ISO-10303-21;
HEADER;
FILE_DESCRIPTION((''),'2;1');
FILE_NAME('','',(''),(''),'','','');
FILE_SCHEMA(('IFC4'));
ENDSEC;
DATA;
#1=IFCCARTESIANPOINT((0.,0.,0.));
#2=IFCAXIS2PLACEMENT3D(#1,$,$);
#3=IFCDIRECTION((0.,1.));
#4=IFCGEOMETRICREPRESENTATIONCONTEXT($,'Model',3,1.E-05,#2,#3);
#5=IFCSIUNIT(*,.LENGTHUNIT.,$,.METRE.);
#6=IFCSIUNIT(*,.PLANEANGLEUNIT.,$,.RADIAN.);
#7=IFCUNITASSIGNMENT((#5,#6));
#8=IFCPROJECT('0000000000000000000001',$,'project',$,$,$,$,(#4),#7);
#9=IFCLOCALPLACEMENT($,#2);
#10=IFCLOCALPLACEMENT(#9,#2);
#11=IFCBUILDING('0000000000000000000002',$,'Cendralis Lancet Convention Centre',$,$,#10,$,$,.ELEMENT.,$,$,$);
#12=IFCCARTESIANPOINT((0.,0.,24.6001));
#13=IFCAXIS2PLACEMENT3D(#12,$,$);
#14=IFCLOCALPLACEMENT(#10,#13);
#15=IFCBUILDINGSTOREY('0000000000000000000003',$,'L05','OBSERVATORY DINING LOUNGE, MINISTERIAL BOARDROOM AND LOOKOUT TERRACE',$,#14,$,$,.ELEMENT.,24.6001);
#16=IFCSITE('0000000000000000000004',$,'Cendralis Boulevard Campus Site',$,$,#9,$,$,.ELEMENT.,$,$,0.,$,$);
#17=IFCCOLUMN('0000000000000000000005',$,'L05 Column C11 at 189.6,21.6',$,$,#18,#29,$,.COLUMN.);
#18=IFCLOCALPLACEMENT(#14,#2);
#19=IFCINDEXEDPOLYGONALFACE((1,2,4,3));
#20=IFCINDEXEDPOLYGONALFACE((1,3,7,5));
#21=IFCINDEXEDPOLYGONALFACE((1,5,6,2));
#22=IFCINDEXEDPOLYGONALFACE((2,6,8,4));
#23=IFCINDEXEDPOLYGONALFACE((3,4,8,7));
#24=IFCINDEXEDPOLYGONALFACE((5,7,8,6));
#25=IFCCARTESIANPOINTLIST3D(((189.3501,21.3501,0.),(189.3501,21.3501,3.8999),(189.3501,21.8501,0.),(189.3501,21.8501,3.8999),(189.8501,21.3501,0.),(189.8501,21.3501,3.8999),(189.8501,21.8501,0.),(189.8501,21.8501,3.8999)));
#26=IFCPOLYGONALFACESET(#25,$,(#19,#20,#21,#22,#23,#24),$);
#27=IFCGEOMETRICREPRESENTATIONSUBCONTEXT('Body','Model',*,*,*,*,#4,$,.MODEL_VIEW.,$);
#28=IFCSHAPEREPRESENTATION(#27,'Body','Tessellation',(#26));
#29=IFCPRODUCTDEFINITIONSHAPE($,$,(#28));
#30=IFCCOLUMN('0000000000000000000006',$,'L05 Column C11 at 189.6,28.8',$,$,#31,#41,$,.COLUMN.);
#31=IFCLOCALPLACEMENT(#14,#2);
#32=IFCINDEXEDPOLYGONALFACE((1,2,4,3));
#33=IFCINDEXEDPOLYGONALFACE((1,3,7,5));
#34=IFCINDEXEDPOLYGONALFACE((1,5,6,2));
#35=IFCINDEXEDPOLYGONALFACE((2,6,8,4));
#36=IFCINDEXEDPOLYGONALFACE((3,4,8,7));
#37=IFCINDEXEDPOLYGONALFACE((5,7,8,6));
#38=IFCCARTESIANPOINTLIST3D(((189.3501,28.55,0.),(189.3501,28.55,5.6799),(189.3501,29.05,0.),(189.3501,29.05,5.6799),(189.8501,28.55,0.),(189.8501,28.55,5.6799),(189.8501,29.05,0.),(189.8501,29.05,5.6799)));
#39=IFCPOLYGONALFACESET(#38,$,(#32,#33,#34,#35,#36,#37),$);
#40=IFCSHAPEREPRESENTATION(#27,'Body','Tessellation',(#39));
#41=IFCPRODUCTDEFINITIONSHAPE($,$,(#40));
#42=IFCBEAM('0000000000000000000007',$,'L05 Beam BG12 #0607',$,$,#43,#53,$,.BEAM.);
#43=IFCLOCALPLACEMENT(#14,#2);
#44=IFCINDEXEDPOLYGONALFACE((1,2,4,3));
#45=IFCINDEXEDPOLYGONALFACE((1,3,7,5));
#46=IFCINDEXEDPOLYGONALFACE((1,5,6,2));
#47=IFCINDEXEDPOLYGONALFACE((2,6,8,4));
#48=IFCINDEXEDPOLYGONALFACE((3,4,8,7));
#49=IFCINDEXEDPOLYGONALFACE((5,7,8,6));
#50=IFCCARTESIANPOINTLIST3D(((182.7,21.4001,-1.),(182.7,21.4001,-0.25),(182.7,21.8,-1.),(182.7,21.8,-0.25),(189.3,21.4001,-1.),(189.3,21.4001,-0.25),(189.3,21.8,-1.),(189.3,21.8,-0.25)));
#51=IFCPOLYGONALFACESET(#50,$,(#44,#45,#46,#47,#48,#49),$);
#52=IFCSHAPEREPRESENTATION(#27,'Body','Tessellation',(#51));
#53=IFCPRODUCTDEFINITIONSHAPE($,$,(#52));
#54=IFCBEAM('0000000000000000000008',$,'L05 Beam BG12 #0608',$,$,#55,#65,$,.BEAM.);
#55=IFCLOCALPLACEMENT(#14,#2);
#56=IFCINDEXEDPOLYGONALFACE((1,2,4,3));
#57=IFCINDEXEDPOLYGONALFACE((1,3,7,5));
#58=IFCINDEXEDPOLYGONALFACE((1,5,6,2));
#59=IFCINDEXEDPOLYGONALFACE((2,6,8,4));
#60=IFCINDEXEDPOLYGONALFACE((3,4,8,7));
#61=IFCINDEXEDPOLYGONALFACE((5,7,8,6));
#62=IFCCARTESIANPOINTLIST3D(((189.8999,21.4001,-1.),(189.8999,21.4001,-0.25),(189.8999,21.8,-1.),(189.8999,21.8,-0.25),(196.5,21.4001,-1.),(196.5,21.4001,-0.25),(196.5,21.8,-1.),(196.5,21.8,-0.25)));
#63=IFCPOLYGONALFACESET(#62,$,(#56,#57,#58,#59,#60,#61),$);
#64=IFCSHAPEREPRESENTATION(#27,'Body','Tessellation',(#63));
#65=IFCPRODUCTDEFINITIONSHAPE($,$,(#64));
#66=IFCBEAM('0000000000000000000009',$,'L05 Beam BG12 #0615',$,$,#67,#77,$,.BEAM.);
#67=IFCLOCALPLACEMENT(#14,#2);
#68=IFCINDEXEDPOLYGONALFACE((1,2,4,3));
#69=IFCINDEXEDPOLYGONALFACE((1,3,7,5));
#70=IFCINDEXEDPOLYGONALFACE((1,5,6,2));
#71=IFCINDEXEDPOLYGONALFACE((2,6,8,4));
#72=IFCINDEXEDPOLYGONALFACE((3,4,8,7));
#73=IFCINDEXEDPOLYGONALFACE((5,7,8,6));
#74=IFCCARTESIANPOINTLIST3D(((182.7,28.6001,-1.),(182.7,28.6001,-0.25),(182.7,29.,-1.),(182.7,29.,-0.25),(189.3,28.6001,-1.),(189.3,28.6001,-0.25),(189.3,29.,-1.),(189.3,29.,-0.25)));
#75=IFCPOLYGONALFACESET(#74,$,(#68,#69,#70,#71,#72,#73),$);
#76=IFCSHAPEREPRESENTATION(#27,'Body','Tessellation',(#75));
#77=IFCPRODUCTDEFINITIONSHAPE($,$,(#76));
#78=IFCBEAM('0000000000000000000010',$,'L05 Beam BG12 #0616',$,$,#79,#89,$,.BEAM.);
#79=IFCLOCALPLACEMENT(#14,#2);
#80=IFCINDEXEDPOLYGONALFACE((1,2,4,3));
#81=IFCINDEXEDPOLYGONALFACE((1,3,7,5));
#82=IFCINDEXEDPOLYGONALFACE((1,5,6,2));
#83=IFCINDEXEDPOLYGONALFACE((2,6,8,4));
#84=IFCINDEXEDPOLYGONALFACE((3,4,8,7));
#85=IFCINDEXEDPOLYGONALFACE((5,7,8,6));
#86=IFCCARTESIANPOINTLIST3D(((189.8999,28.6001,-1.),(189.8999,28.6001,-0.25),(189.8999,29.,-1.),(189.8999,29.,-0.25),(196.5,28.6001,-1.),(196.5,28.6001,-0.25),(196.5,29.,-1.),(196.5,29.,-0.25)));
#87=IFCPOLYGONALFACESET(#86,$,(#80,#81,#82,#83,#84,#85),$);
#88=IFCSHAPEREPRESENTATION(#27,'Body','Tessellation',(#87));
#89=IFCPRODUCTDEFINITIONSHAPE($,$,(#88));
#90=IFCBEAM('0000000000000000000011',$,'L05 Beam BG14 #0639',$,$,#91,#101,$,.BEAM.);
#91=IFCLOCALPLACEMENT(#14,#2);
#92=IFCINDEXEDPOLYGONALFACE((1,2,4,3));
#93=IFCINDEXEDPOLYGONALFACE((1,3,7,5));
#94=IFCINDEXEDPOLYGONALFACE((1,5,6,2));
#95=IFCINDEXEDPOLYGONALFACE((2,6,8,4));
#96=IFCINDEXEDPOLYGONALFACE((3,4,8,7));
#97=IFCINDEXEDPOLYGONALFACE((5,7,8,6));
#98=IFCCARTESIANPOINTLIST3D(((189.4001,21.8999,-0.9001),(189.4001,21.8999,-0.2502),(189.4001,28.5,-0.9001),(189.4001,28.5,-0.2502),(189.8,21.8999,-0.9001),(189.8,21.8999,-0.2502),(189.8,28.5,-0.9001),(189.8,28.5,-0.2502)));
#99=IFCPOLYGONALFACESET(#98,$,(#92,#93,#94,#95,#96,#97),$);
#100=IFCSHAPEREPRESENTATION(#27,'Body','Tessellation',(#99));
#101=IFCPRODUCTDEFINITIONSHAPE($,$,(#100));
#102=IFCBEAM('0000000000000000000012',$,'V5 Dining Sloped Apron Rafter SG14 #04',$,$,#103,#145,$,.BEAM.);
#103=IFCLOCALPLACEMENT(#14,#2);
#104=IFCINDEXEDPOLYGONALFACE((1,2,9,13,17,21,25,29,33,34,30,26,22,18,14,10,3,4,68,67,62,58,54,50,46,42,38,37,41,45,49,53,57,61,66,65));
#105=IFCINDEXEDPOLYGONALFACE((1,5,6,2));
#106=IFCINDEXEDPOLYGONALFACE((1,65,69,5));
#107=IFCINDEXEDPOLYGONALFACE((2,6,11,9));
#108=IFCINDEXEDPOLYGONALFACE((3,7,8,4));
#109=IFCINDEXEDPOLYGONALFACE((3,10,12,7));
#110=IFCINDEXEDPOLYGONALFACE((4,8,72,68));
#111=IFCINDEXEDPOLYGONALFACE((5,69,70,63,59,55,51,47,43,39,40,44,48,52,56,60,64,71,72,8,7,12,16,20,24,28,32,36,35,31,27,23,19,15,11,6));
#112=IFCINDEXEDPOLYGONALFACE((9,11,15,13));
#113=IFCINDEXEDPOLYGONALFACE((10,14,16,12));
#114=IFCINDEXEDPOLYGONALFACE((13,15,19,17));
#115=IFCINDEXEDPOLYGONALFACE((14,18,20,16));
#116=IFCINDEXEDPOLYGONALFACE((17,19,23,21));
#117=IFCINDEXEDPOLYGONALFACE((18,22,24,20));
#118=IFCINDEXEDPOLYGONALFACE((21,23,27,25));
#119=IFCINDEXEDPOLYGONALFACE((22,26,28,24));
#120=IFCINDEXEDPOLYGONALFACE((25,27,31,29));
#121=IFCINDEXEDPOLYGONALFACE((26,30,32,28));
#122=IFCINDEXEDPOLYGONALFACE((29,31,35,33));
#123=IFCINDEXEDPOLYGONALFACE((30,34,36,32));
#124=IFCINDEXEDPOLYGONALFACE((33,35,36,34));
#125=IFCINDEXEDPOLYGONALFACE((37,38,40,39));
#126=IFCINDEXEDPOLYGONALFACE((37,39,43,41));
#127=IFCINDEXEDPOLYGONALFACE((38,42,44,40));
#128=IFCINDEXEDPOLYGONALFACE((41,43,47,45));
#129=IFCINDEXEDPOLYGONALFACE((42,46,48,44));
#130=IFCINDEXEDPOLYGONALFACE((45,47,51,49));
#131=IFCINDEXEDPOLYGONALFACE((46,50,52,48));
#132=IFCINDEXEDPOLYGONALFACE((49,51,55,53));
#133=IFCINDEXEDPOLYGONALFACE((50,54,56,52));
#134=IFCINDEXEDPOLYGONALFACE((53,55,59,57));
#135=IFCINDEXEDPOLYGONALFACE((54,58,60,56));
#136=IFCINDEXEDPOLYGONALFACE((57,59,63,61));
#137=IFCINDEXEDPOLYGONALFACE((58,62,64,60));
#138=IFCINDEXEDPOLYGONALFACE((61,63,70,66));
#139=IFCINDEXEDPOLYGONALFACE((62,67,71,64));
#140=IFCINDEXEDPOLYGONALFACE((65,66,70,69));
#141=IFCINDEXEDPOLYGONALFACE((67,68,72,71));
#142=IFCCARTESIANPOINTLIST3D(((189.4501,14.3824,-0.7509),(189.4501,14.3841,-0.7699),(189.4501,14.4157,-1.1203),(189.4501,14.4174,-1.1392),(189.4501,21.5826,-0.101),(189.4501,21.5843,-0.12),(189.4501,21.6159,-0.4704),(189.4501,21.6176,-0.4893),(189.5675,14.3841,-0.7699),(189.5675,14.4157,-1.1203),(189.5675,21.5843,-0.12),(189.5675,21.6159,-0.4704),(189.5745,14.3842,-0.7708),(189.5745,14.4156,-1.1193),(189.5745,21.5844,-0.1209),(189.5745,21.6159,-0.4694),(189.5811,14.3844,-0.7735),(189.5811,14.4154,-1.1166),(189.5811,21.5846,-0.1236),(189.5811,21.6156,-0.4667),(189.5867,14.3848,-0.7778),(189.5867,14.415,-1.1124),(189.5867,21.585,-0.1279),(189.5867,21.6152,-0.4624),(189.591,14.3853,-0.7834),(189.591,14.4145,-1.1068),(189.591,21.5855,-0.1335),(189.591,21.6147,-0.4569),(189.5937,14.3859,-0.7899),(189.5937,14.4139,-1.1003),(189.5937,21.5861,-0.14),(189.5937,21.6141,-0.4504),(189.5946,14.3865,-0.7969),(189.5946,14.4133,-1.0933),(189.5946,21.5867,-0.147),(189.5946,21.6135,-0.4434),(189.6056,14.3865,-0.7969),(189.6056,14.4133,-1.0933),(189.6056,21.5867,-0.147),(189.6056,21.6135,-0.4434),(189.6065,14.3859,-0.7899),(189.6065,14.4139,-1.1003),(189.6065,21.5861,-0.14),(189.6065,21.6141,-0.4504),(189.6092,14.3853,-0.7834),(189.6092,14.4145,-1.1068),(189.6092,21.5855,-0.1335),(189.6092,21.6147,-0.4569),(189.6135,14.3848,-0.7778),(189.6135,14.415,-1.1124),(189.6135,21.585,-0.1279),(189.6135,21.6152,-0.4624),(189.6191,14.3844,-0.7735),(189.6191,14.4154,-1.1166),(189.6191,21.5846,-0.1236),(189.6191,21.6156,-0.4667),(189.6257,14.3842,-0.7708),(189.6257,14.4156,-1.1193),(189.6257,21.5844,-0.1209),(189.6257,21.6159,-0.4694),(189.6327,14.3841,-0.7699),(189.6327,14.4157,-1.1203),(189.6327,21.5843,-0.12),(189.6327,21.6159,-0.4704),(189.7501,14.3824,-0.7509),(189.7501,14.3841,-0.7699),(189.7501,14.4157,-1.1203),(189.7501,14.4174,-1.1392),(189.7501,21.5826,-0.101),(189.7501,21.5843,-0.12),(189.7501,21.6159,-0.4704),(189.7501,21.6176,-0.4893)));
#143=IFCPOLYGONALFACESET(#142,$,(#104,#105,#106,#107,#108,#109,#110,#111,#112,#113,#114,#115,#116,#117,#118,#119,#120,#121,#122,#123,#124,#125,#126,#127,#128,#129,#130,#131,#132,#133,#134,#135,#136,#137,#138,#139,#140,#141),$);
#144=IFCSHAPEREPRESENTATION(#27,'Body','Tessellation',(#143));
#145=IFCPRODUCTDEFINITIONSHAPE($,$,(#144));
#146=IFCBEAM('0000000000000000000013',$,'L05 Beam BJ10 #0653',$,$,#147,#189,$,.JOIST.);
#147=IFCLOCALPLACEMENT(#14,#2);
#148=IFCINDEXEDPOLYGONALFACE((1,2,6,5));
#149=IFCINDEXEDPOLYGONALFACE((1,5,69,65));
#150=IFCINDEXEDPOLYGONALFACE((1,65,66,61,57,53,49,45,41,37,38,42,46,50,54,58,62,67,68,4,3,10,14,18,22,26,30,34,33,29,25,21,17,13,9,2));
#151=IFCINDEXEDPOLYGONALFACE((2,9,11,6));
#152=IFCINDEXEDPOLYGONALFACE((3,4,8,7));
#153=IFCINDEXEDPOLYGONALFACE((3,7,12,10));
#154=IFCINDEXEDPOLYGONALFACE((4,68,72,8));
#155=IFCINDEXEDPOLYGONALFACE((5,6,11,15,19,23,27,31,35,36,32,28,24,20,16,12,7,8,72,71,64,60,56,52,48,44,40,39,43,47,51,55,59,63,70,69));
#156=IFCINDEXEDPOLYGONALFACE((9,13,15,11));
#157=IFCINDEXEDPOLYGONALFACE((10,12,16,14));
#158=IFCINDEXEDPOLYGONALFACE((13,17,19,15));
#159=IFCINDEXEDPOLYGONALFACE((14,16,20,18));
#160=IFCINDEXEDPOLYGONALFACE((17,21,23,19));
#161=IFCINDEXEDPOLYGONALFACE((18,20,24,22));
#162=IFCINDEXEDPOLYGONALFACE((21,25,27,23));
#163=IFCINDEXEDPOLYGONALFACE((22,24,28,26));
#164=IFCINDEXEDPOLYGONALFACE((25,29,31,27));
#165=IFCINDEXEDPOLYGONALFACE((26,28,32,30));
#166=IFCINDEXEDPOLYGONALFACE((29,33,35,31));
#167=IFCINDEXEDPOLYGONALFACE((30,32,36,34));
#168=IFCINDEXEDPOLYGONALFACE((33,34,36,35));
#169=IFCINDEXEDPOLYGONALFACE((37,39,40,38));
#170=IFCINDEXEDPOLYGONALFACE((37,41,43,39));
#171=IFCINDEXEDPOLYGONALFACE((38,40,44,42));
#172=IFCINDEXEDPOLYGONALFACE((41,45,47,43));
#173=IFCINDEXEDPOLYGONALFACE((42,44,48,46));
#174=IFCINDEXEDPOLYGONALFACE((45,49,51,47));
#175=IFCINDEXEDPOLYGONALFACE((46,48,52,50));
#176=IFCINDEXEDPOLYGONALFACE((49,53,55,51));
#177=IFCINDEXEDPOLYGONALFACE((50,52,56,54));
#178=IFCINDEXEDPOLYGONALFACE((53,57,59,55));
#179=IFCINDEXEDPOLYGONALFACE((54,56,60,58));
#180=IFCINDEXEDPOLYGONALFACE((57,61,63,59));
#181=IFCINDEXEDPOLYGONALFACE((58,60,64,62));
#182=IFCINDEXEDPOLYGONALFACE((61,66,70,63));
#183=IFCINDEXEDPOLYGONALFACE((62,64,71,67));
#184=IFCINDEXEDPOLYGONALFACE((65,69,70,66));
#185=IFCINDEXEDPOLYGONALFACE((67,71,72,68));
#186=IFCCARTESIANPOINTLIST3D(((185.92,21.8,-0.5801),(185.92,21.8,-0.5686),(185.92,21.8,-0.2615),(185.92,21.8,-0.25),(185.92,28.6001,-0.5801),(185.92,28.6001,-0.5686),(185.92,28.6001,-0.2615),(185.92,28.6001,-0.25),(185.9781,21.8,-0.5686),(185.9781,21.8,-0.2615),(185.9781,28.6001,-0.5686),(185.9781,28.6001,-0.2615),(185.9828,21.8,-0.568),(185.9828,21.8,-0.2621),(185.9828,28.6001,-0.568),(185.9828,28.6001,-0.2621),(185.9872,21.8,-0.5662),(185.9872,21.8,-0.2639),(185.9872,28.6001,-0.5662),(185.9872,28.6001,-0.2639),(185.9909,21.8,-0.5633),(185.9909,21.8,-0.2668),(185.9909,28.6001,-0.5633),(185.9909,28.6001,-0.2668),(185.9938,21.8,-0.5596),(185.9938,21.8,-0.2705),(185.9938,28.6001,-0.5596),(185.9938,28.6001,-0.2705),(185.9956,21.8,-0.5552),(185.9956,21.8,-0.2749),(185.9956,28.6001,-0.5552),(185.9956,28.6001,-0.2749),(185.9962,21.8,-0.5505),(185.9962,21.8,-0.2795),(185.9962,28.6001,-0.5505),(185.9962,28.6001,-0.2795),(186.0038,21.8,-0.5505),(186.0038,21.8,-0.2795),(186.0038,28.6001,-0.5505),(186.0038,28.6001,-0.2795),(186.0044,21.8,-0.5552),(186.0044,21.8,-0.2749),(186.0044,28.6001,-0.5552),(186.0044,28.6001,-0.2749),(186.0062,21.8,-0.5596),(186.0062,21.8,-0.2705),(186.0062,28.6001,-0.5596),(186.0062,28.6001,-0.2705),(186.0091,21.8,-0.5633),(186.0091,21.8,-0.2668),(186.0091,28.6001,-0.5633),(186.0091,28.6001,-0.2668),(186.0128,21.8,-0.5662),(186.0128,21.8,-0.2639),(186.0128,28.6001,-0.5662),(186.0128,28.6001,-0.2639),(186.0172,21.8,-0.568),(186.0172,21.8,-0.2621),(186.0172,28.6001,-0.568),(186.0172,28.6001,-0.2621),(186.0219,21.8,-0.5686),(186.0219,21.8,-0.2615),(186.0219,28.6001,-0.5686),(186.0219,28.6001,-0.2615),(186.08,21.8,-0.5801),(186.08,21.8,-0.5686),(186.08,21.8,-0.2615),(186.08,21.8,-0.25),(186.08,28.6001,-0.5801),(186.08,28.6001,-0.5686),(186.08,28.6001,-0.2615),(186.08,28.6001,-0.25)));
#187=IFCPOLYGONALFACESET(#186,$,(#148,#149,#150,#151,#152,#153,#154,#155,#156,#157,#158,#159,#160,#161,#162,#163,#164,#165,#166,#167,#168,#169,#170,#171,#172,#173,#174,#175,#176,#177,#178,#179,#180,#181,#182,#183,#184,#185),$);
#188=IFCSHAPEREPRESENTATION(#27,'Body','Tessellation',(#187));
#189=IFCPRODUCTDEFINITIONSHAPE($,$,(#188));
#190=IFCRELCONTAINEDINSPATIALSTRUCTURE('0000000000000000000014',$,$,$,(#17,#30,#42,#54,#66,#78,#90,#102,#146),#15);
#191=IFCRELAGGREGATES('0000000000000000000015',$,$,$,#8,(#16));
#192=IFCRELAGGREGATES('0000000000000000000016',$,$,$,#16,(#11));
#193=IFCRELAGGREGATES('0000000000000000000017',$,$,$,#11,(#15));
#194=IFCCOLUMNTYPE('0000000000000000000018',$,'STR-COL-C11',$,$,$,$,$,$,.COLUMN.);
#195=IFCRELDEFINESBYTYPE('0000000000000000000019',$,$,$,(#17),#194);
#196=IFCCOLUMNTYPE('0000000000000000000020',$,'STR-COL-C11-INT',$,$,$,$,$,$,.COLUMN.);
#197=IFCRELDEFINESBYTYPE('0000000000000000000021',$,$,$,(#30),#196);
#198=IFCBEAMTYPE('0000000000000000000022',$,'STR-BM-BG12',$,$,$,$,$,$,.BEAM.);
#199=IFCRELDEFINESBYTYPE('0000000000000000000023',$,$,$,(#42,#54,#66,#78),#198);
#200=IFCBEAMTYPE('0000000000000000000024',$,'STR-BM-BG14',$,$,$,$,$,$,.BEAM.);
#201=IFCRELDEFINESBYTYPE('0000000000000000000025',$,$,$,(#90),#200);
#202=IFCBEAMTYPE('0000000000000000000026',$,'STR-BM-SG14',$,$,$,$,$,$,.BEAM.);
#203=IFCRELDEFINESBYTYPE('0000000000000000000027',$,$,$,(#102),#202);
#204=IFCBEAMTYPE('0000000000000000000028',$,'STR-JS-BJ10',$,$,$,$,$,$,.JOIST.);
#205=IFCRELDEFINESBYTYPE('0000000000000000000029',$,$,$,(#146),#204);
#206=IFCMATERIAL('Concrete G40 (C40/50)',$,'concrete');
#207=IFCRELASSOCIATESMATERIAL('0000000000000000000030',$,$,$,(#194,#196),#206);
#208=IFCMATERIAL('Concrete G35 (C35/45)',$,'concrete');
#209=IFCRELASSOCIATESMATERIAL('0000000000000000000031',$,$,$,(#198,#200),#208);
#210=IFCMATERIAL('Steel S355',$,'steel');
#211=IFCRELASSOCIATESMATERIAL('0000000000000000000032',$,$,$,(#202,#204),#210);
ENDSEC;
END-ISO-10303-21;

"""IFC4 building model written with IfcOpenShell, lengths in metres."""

from ifc_helpers import new_model, si_unit, direction, frame, origin, origin_2d, place, context, subcontext, project, spatial, rectangle, i_section, extrude, material, material_profile, profile_set, type_object, element, save


model = new_model("IFC4")

# Units and contexts
model_context = context("Model", 3, precision=1e-05, world=origin(), true_north=direction((0.0, 1.0)))
body_context = subcontext(model_context, "Body", "Model", "MODEL_VIEW")
ifc_project = project(units=[si_unit("LENGTHUNIT", "METRE"), si_unit("PLANEANGLEUNIT", "RADIAN")], contexts=[model_context])

# Site, building, storey
site_placement = place(None, origin())
site = spatial("IfcSite", under=ifc_project, at=site_placement, Name="Cendralis Boulevard Campus Site", CompositionType="ELEMENT", RefElevation=0.0)
building_placement = place(site_placement, origin())
building = spatial("IfcBuilding", under=site, at=building_placement, Name="Cendralis Lancet Convention Centre", CompositionType="ELEMENT")
storey_placement = place(building_placement, frame((0.0, 0.0, 24.6001)))
storey = spatial("IfcBuildingStorey", under=building, at=storey_placement, Name="L05", Description="OBSERVATORY DINING LOUNGE, MINISTERIAL BOARDROOM AND LOOKOUT TERRACE", CompositionType="ELEMENT", Elevation=24.6001)

# Columns
ifc_material_1 = material(Name="Concrete G40 (C40/50)", Category="concrete")
ifc_material_profile_1 = material_profile(ifc_material_1, rectangle(XDim=0.5, YDim=0.5, at=origin_2d()), Name="RC 500x500")
ifc_profile_set_1 = profile_set([ifc_material_profile_1], Name="Concrete G40 (C40/50)")
column_type_1 = type_object("IfcColumnType", Name="STR-COL-C11", PredefinedType="COLUMN", material=ifc_profile_set_1)
column_1_placement = place(storey_placement, frame((189.6001, 21.6001, 0.0), z_axis=(0.0, 0.0, 1.0), x_axis=(1.0, 0.0, 0.0)))
element("IfcColumn", 1, at=column_1_placement, inside=storey, type_object=column_type_1, Name="L05 Column C11 at 189.6,21.6", PredefinedType="COLUMN", context=body_context, shape_type="SweptSolid", body=[
    extrude(rectangle(XDim=0.5, YDim=0.5, at=origin_2d()), origin(), (0.0, 0.0, 1.0), 3.8999),
])
ifc_material_profile_2 = material_profile(ifc_material_1, rectangle(XDim=0.5, YDim=0.5, at=origin_2d()), Name="RC 500x500")
ifc_profile_set_2 = profile_set([ifc_material_profile_2], Name="Concrete G40 (C40/50)")
column_type_2 = type_object("IfcColumnType", Name="STR-COL-C11-INT", PredefinedType="COLUMN", material=ifc_profile_set_2)
column_2_placement = place(storey_placement, frame((189.6001, 28.8, 0.0), z_axis=(0.0, 0.0, 1.0), x_axis=(1.0, 0.0, 0.0)))
element("IfcColumn", 2, at=column_2_placement, inside=storey, type_object=column_type_2, Name="L05 Column C11 at 189.6,28.8", PredefinedType="COLUMN", context=body_context, shape_type="SweptSolid", body=[
    extrude(rectangle(XDim=0.5, YDim=0.5, at=origin_2d()), origin(), (0.0, 0.0, 1.0), 5.6799),
])

# Beams
ifc_material_2 = material(Name="Concrete G35 (C35/45)", Category="concrete")
ifc_material_profile_3 = material_profile(ifc_material_2, rectangle(XDim=0.3999, YDim=0.75, at=origin_2d()), Name="RCB 400x750")
ifc_profile_set_3 = profile_set([ifc_material_profile_3], Name="Concrete G35 (C35/45)")
beam_type_1 = type_object("IfcBeamType", Name="STR-BM-BG12", PredefinedType="BEAM", material=ifc_profile_set_3)
for number, where, z_axis, x_axis, name in (
    (3, (182.7, 21.6001, -0.625), (1.0, 0.0, 0.0), (0.0, 1.0, 0.0), "L05 Beam BG12 #0607"),
    (4, (189.8999, 21.6001, -0.625), (1.0, 0.0, 0.0), (0.0, 1.0, 0.0), "L05 Beam BG12 #0608"),
    (5, (182.7, 28.8, -0.625), (1.0, 0.0, 0.0), (0.0, 1.0, 0.0), "L05 Beam BG12 #0615"),
    (6, (189.8999, 28.8, -0.625), (1.0, 0.0, 0.0), (0.0, 1.0, 0.0), "L05 Beam BG12 #0616"),
):
    element("IfcBeam", number, at=place(storey_placement, frame(where, z_axis=z_axis, x_axis=x_axis)), inside=storey, type_object=beam_type_1, Name=name, PredefinedType="BEAM", context=body_context, shape_type="SweptSolid", body=[
        extrude(rectangle(XDim=0.3999, YDim=0.75, at=origin_2d()), origin(), (0.0, 0.0, 1.0), 6.6001),
    ])
ifc_material_profile_4 = material_profile(ifc_material_2, rectangle(XDim=0.3999, YDim=0.6499, at=origin_2d()), Name="RCB 400x650")
ifc_profile_set_4 = profile_set([ifc_material_profile_4], Name="Concrete G35 (C35/45)")
beam_type_2 = type_object("IfcBeamType", Name="STR-BM-BG14", PredefinedType="BEAM", material=ifc_profile_set_4)
beam_1_placement = place(storey_placement, frame((189.6001, 21.8999, -0.5752), z_axis=(0.0, 1.0, 0.0), x_axis=(-1.0, 0.0, 0.0)))
element("IfcBeam", 7, at=beam_1_placement, inside=storey, type_object=beam_type_2, Name="L05 Beam BG14 #0639", PredefinedType="BEAM", context=body_context, shape_type="SweptSolid", body=[
    extrude(rectangle(XDim=0.3999, YDim=0.6499, at=origin_2d()), origin(), (0.0, 0.0, 1.0), 6.6001),
])
ifc_material_3 = material(Name="Steel S355", Category="steel")
ifc_material_profile_5 = material_profile(ifc_material_3, i_section(OverallWidth=0.3, OverallDepth=0.3899, WebThickness=0.011, FlangeThickness=0.019, FilletRadius=0.0271, at=origin_2d()), Name="HEA 400")
ifc_profile_set_5 = profile_set([ifc_material_profile_5], Name="Steel S355")
beam_type_3 = type_object("IfcBeamType", Name="STR-BM-SG14", PredefinedType="BEAM", material=ifc_profile_set_5)
beam_2_placement = place(storey_placement, frame((189.6001, 14.3999, -0.9451), z_axis=(0.0, 0.995951, 0.089896), x_axis=(-1.0, 0.0, 0.0)))
element("IfcBeam", 8, at=beam_2_placement, inside=storey, type_object=beam_type_3, Name="V5 Dining Sloped Apron Rafter SG14 #04", PredefinedType="BEAM", context=body_context, shape_type="SweptSolid", body=[
    extrude(i_section(OverallWidth=0.3, OverallDepth=0.3899, WebThickness=0.011, FlangeThickness=0.019, FilletRadius=0.0271, at=origin_2d()), origin(), (0.0, 0.0, 1.0), 7.2295),
])
ifc_material_profile_6 = material_profile(ifc_material_3, i_section(OverallWidth=0.1599, OverallDepth=0.3301, WebThickness=0.0076, FlangeThickness=0.0115, FilletRadius=0.0181, at=origin_2d()), Name="IPE 330")
ifc_profile_set_6 = profile_set([ifc_material_profile_6], Name="Steel S355")
beam_type_4 = type_object("IfcBeamType", Name="STR-JS-BJ10", PredefinedType="JOIST", material=ifc_profile_set_6)
beam_3_placement = place(storey_placement, frame((186.0, 21.8, -0.415), z_axis=(0.0, 1.0, 0.0), x_axis=(-1.0, 0.0, 0.0)))
element("IfcBeam", 9, at=beam_3_placement, inside=storey, type_object=beam_type_4, Name="L05 Beam BJ10 #0653", PredefinedType="JOIST", context=body_context, shape_type="SweptSolid", body=[
    extrude(i_section(OverallWidth=0.1599, OverallDepth=0.3301, WebThickness=0.0076, FlangeThickness=0.0115, FilletRadius=0.0181, at=origin_2d()), origin(), (0.0, 0.0, 1.0), 6.8),
])

save(model, "model.ifc")
